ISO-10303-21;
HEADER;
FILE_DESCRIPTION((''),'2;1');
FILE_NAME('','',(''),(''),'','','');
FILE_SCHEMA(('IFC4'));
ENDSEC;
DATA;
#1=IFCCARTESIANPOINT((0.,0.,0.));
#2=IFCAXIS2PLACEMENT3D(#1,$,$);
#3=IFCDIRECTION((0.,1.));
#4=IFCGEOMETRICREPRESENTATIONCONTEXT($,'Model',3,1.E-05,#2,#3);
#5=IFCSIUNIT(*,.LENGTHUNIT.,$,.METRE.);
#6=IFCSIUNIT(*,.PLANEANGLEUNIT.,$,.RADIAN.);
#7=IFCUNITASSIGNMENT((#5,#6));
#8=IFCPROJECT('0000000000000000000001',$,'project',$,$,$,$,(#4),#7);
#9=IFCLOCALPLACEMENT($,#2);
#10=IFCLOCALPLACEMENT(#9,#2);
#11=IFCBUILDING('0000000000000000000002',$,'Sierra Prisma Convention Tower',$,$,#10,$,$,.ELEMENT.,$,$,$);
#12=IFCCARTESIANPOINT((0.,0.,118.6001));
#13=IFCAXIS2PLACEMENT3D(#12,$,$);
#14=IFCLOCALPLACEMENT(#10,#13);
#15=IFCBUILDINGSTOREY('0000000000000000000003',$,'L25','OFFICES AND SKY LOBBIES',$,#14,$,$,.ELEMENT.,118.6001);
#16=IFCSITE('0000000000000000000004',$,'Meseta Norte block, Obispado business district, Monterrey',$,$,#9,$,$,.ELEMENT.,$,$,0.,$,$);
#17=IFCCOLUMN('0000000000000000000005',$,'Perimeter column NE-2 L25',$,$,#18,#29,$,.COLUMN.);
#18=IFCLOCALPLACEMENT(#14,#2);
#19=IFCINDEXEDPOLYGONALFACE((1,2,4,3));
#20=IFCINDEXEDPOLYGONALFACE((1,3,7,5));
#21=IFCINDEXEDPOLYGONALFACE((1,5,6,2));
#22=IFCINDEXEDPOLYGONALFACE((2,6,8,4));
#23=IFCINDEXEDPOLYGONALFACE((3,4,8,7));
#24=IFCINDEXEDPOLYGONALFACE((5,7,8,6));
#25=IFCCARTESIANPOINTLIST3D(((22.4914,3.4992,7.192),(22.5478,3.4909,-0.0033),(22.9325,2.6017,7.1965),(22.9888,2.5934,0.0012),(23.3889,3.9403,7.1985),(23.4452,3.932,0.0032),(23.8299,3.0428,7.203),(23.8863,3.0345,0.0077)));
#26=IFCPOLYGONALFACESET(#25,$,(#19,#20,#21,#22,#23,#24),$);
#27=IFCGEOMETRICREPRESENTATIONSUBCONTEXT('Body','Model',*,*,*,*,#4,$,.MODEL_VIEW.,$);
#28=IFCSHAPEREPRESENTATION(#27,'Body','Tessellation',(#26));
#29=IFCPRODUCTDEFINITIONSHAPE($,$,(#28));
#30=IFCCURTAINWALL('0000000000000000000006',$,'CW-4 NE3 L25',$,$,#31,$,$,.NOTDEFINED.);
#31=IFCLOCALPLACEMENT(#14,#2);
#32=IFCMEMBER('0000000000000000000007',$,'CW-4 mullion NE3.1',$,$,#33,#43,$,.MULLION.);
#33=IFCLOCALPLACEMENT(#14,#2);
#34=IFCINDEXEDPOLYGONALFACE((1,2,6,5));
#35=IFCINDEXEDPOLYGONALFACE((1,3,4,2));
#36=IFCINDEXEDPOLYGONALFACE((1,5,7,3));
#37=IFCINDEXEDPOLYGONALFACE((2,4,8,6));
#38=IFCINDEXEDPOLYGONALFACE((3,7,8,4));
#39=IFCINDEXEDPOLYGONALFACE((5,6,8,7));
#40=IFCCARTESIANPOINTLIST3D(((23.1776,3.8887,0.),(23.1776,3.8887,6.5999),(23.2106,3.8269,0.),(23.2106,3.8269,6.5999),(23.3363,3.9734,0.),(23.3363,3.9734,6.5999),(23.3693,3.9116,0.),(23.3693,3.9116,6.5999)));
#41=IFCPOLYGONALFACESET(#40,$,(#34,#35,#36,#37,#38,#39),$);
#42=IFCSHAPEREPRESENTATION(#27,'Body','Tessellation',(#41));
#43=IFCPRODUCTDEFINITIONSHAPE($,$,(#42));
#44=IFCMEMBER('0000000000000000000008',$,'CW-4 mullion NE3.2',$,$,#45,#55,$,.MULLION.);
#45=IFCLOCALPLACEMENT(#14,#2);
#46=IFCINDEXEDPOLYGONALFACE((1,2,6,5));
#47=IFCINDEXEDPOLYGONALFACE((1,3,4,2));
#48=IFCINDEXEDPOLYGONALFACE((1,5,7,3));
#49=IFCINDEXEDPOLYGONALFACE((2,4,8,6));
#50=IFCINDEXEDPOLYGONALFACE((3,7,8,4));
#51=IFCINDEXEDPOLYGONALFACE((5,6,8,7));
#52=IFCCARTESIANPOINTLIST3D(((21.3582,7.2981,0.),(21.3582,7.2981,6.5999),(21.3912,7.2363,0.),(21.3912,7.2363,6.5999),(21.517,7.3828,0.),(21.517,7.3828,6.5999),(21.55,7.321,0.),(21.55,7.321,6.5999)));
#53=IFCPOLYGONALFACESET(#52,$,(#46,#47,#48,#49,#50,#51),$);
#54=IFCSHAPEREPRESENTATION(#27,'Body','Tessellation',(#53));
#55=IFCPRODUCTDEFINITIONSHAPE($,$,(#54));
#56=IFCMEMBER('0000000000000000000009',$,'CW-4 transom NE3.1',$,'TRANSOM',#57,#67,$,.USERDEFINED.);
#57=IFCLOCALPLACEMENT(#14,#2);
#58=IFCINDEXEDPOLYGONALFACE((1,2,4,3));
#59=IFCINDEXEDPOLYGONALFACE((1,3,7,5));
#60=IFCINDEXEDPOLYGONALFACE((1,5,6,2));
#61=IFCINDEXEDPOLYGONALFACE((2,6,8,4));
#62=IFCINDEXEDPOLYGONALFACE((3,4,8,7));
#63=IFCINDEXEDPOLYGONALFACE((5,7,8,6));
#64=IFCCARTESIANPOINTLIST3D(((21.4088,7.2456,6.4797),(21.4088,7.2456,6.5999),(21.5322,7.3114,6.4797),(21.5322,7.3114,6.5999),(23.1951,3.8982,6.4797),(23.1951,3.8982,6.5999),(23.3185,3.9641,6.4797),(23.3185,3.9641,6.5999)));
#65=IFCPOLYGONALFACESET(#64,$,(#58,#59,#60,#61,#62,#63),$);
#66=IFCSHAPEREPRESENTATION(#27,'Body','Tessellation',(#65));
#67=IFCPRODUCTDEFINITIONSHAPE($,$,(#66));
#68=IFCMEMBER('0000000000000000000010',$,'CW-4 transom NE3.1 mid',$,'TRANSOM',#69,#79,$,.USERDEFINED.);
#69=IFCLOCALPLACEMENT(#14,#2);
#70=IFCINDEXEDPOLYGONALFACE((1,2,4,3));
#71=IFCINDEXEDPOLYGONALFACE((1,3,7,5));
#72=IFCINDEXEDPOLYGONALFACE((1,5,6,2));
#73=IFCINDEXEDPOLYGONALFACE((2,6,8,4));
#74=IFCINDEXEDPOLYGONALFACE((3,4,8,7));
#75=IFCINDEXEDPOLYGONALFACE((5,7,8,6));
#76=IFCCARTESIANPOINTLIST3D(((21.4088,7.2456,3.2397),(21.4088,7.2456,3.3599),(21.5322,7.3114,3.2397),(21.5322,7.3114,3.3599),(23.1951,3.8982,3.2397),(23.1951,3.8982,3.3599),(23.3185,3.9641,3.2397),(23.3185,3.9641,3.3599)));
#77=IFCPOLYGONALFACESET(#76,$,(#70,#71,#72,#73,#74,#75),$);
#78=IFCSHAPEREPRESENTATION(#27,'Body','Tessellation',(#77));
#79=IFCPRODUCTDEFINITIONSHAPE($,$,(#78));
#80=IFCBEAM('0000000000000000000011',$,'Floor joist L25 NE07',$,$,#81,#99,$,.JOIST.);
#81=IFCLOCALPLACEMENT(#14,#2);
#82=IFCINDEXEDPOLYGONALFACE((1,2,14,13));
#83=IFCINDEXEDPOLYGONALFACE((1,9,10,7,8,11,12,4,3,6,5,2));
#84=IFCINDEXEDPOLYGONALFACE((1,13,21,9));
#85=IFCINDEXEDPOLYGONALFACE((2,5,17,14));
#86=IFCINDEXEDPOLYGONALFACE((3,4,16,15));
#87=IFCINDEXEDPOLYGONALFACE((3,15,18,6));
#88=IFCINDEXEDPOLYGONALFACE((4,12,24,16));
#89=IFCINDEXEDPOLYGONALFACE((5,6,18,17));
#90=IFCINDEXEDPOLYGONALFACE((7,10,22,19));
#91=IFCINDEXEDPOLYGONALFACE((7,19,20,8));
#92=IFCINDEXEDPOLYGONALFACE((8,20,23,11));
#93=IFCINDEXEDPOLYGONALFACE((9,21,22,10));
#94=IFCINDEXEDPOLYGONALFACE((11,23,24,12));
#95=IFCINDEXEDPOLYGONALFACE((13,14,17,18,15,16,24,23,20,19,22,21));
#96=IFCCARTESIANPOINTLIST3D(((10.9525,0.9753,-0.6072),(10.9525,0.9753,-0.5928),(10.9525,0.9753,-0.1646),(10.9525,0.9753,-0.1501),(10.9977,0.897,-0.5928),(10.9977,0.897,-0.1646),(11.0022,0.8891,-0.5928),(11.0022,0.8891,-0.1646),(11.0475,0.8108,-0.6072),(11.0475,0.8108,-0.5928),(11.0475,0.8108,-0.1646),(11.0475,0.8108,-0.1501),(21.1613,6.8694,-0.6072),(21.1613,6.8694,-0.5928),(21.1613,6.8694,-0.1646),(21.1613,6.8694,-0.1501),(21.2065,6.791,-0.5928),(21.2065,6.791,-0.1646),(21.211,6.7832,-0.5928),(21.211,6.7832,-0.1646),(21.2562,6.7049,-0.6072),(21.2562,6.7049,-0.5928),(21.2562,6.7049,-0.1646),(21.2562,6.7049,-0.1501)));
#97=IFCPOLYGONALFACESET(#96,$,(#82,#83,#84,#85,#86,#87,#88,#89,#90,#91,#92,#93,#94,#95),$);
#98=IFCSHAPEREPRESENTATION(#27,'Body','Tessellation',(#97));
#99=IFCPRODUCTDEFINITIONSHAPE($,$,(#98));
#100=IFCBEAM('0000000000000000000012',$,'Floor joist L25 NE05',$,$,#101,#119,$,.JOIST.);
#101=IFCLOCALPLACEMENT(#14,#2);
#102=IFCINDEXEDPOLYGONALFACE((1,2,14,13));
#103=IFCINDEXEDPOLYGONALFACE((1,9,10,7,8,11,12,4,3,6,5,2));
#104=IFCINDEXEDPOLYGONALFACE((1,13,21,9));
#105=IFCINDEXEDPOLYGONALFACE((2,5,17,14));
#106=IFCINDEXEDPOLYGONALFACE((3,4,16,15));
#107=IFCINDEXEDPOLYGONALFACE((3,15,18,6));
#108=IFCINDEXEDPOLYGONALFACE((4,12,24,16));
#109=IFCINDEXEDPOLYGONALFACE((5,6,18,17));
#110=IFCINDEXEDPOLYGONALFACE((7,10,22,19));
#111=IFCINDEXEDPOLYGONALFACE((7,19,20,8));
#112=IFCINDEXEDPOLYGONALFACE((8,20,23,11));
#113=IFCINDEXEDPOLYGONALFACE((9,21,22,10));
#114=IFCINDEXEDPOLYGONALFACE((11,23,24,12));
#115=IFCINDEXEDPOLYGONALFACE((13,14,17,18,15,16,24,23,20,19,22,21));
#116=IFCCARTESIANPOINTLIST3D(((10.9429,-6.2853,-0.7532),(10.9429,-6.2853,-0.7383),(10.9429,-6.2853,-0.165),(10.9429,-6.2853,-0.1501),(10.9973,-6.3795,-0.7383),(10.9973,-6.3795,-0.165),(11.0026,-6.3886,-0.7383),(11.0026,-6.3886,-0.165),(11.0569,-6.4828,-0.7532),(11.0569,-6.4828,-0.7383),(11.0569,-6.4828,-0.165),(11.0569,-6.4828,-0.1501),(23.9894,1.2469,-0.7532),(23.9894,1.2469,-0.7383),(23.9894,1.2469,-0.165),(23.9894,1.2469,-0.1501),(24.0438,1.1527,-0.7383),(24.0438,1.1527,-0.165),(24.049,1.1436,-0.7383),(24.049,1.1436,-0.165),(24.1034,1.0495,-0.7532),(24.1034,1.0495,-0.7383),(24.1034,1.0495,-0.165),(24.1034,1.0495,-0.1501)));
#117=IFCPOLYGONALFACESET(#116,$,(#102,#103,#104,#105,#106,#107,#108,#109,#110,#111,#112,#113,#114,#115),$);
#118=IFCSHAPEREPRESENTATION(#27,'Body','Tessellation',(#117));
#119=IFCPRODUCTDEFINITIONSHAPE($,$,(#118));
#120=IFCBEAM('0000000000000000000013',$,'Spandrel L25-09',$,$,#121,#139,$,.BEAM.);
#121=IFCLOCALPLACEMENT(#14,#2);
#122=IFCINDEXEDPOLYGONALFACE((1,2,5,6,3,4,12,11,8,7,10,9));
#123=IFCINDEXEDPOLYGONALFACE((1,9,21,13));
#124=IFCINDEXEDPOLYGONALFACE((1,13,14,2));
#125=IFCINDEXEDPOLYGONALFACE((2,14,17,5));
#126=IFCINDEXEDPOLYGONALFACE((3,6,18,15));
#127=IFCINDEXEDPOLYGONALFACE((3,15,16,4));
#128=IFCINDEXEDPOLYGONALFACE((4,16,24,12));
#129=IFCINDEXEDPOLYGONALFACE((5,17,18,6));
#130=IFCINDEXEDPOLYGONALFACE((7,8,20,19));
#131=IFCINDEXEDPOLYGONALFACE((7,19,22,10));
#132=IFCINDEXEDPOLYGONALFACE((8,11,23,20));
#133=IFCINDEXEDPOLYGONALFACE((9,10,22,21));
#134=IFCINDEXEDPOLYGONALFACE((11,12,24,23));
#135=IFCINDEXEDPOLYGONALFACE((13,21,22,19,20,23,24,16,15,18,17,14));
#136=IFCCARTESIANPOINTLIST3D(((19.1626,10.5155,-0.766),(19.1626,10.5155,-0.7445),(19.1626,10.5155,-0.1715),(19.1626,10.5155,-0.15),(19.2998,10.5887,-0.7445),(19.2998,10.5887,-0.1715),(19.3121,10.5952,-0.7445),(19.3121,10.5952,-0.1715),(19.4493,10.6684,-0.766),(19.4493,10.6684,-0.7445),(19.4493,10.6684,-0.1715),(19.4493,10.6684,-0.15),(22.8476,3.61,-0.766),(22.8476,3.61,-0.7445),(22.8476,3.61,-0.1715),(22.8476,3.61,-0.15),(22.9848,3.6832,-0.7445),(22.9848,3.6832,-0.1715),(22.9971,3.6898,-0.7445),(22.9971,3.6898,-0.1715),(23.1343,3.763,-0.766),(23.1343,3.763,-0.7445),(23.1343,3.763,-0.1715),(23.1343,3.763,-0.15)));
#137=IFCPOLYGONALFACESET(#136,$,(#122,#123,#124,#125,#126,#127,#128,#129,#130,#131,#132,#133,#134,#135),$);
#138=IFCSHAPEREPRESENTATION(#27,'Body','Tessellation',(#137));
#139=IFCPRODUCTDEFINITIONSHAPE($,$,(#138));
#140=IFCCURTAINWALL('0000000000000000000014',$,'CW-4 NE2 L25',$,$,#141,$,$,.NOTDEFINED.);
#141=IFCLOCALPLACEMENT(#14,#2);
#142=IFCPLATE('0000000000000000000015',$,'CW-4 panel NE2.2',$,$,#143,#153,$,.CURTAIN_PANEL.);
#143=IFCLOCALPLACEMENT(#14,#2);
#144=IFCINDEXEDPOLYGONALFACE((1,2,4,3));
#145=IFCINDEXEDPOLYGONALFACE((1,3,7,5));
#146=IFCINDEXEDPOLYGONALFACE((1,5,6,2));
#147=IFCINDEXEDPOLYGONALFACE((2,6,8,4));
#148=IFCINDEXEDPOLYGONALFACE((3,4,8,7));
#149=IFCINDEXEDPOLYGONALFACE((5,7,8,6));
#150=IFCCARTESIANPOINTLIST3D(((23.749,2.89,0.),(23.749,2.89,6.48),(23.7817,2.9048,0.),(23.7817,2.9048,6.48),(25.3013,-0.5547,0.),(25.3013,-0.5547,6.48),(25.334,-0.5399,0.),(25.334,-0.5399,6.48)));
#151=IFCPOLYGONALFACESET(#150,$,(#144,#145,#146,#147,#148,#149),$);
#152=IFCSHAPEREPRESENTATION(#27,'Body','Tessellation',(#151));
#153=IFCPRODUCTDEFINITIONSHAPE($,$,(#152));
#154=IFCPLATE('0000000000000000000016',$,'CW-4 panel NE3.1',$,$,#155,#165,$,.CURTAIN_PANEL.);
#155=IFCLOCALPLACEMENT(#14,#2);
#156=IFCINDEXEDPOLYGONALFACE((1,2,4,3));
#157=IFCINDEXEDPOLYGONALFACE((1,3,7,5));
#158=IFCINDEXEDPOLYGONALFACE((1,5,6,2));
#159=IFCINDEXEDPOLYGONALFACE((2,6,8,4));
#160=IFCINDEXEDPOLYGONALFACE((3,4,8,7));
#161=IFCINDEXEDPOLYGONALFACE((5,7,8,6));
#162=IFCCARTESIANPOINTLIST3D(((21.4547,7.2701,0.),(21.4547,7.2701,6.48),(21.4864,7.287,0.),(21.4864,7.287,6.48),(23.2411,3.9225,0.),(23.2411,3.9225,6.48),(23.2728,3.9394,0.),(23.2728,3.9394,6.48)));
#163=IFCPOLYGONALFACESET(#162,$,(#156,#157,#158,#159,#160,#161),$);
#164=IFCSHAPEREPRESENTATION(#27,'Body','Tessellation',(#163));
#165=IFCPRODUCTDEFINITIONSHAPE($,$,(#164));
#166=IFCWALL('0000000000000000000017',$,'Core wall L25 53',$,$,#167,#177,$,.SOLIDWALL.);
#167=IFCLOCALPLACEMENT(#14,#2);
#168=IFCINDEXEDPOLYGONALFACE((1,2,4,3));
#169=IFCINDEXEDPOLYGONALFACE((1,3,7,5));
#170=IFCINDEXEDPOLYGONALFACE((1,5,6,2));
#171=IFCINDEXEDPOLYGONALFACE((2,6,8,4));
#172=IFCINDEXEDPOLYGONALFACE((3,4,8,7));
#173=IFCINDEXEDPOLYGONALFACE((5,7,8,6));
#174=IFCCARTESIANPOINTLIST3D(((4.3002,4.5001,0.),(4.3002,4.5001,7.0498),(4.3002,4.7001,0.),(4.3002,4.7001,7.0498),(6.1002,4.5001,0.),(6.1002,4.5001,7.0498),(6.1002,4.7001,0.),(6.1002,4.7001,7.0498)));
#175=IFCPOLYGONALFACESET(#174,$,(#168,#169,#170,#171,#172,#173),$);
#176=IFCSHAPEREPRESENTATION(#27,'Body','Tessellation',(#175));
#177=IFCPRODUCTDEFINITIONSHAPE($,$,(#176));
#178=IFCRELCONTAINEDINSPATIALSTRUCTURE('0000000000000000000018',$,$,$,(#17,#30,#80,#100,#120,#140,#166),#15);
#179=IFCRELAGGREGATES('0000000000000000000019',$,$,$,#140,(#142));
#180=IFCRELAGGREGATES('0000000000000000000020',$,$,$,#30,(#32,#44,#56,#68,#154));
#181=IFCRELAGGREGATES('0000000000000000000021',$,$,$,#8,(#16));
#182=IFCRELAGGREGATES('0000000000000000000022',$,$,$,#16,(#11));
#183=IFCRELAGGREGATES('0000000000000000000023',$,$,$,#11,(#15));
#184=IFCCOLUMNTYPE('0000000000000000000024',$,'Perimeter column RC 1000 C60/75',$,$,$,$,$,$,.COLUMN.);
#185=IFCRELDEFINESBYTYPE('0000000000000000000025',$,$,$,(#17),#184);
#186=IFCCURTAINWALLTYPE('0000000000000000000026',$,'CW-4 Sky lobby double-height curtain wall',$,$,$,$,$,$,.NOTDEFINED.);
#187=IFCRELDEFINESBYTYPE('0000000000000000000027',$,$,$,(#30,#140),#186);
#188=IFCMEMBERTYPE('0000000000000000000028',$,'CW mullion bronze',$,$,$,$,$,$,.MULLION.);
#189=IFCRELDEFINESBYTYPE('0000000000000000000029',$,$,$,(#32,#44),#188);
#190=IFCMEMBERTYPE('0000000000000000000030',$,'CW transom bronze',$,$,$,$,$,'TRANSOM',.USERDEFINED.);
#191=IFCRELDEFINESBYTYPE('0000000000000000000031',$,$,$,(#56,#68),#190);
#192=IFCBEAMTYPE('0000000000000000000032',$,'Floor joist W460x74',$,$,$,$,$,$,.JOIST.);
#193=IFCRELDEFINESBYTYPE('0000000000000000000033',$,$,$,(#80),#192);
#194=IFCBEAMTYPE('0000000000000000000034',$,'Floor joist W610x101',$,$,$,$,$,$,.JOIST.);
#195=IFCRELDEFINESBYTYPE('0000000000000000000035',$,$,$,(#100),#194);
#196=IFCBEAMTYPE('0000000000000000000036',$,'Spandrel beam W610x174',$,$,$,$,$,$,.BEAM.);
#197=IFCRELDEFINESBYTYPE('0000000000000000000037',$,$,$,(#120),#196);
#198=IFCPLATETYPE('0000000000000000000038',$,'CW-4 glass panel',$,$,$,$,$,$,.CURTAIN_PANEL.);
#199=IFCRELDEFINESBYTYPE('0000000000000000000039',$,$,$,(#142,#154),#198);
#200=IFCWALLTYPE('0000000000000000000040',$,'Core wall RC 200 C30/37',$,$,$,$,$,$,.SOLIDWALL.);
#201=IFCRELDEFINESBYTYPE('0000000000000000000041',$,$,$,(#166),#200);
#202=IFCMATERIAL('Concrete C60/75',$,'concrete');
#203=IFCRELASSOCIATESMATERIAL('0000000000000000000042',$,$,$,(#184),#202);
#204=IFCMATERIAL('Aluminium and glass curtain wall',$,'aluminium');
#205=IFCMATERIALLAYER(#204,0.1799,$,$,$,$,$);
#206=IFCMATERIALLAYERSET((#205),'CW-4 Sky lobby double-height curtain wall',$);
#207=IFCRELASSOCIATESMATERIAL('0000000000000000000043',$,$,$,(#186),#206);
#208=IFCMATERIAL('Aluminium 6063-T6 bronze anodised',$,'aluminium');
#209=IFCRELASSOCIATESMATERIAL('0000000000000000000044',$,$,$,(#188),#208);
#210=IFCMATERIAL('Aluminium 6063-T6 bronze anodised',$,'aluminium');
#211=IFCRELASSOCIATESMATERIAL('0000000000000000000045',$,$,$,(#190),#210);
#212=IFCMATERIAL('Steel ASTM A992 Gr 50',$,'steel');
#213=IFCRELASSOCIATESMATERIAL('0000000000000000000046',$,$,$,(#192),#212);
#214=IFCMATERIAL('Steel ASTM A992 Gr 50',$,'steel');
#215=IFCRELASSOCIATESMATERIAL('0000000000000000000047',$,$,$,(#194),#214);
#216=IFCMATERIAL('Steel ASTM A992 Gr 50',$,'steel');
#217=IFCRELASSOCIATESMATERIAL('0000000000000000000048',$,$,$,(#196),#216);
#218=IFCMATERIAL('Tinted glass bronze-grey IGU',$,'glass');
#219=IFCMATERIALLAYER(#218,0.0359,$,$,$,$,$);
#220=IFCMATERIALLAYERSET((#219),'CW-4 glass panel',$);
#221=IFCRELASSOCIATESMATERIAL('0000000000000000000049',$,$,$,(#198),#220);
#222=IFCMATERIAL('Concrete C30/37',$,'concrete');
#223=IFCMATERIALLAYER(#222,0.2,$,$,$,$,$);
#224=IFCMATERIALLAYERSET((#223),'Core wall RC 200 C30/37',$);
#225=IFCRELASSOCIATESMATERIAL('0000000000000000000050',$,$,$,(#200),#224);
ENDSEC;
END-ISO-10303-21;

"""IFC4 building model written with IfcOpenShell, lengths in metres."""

from ifc_helpers import new_model, si_unit, direction, frame, frame_2d, origin, origin_2d, place, context, subcontext, project, spatial, rectangle, i_section, extrude, clip, halfspace, material, layer, layer_set, material_profile, profile_set, type_object, element, aggregate, save


model = new_model("IFC4")

# Units and contexts
model_context = context("Model", 3, precision=1e-05, world=origin(), true_north=direction((0.0, 1.0)))
body_context = subcontext(model_context, "Body", "Model", "MODEL_VIEW")
ifc_project = project(units=[si_unit("LENGTHUNIT", "METRE"), si_unit("PLANEANGLEUNIT", "RADIAN")], contexts=[model_context])

# Site, building, storey
site_placement = place(None, origin())
site = spatial("IfcSite", under=ifc_project, at=site_placement, Name="Meseta Norte block, Obispado business district, Monterrey", CompositionType="ELEMENT", RefElevation=0.0)
building_placement = place(site_placement, origin())
building = spatial("IfcBuilding", under=site, at=building_placement, Name="Sierra Prisma Convention Tower", CompositionType="ELEMENT")
storey_placement = place(building_placement, frame((0.0, 0.0, 118.6001)))
storey = spatial("IfcBuildingStorey", under=building, at=storey_placement, Name="L25", Description="OFFICES AND SKY LOBBIES", CompositionType="ELEMENT", Elevation=118.6001)

# Column
ifc_material_1 = material(Name="Concrete C60/75", Category="concrete")
ifc_material_profile_1 = material_profile(ifc_material_1, rectangle(XDim=1.0, YDim=1.0, at=origin_2d()), Name="Perimeter column RC 1000 C60/75")
ifc_profile_set_1 = profile_set([ifc_material_profile_1], Name="Concrete C60/75")
column_type = type_object("IfcColumnType", Name="Perimeter column RC 1000 C60/75", PredefinedType="COLUMN", material=ifc_profile_set_1)
column_placement = place(storey_placement, frame((23.217, 3.2627, 0.0), z_axis=(-0.007833, 0.001153, 0.999969), x_axis=(-0.441062, 0.897466, -0.004489)))
element("IfcColumn", 1, at=column_placement, inside=storey, type_object=column_type, Name="Perimeter column NE-2 L25", PredefinedType="COLUMN", context=body_context, shape_type="SweptSolid", body=[
    clip(clip(extrude(rectangle(XDim=1.0, YDim=1.0, at=origin_2d()), origin(), (0.0, 0.0, 1.0), 7.2002), halfspace(frame((0.0, 0.0, 0.0022)), True)), halfspace(frame((0.0, 0.0, 7.1978)), False)),
])

# Curtain wall, members
ifc_material_2 = material(Name="Aluminium and glass curtain wall", Category="aluminium")
ifc_layer_1 = layer(ifc_material_2, 0.1799)
ifc_layer_set_1 = layer_set([ifc_layer_1], Name="CW-4 Sky lobby double-height curtain wall")
curtain_wall_type = type_object("IfcCurtainWallType", Name="CW-4 Sky lobby double-height curtain wall", PredefinedType="NOTDEFINED", material=ifc_layer_set_1)
curtain_wall_1_placement = place(storey_placement, origin())
curtain_wall_1 = element("IfcCurtainWall", 2, at=curtain_wall_1_placement, inside=storey, type_object=curtain_wall_type, Name="CW-4 NE3 L25", PredefinedType="NOTDEFINED")
ifc_material_3 = material(Name="Aluminium 6063-T6 bronze anodised", Category="aluminium")
ifc_material_profile_2 = material_profile(ifc_material_3, rectangle(XDim=0.1799, YDim=0.0701, at=origin_2d()), Name="ALU MULLION 70x180")
ifc_profile_set_2 = profile_set([ifc_material_profile_2], Name="Aluminium 6063-T6 bronze anodised")
member_type_1 = type_object("IfcMemberType", Name="CW mullion bronze", PredefinedType="MULLION", material=ifc_profile_set_2)
member_1_placement = place(storey_placement, frame((23.2734, 3.9001, 0.0), z_axis=(0.0, 0.0, 1.0), x_axis=(-0.88224, -0.4708, 0.0)))
member_1 = element("IfcMember", 3, at=member_1_placement, type_object=member_type_1, Name="CW-4 mullion NE3.1", PredefinedType="MULLION", context=body_context, shape_type="SweptSolid", body=[
    extrude(rectangle(XDim=0.1799, YDim=0.0701, at=origin_2d()), origin(), (0.0, 0.0, 1.0), 6.5999),
])
member_2_placement = place(storey_placement, frame((21.4541, 7.3096, 0.0), z_axis=(0.0, 0.0, 1.0), x_axis=(-0.88224, -0.4708, 0.0)))
member_2 = element("IfcMember", 4, at=member_2_placement, type_object=member_type_1, Name="CW-4 mullion NE3.2", PredefinedType="MULLION", context=body_context, shape_type="SweptSolid", body=[
    extrude(rectangle(XDim=0.1799, YDim=0.0701, at=origin_2d()), origin(), (0.0, 0.0, 1.0), 6.5999),
])
ifc_material_4 = material(Name="Aluminium 6063-T6 bronze anodised", Category="aluminium")
ifc_material_profile_3 = material_profile(ifc_material_4, rectangle(XDim=0.1399, YDim=0.1201, at=origin_2d()), Name="ALU TRANSOM 120x140")
ifc_profile_set_3 = profile_set([ifc_material_profile_3], Name="Aluminium 6063-T6 bronze anodised")
member_type_2 = type_object("IfcMemberType", Name="CW transom bronze", ElementType="TRANSOM", PredefinedType="USERDEFINED", material=ifc_profile_set_3)
member_3_placement = place(storey_placement, frame((23.2568, 3.9312, 6.5398), z_axis=(-0.470812, 0.882234, 0.0), x_axis=(-0.882234, -0.470812, 0.0)))
member_3 = element("IfcMember", 5, at=member_3_placement, type_object=member_type_2, Name="CW-4 transom NE3.1", ObjectType="TRANSOM", PredefinedType="USERDEFINED", context=body_context, shape_type="SweptSolid", body=[
    extrude(rectangle(XDim=0.1399, YDim=0.1201, at=origin_2d()), origin(), (0.0, 0.0, 1.0), 3.7942),
])
member_4_placement = place(storey_placement, frame((23.2568, 3.9312, 3.2998), z_axis=(-0.470812, 0.882234, 0.0), x_axis=(-0.882234, -0.470812, 0.0)))
member_4 = element("IfcMember", 6, at=member_4_placement, type_object=member_type_2, Name="CW-4 transom NE3.1 mid", ObjectType="TRANSOM", PredefinedType="USERDEFINED", context=body_context, shape_type="SweptSolid", body=[
    extrude(rectangle(XDim=0.1399, YDim=0.1201, at=origin_2d()), origin(), (0.0, 0.0, 1.0), 3.7942),
])

# Beams
ifc_material_5 = material(Name="Steel ASTM A992 Gr 50", Category="steel")
ifc_material_profile_4 = material_profile(ifc_material_5, i_section(OverallWidth=0.1899, OverallDepth=0.457, WebThickness=0.009, FlangeThickness=0.0144, at=origin_2d()), Name="W460x74")
ifc_profile_set_4 = profile_set([ifc_material_profile_4], Name="Steel ASTM A992 Gr 50")
beam_type_1 = type_object("IfcBeamType", Name="Floor joist W460x74", PredefinedType="JOIST", material=ifc_profile_set_4)
beam_1_placement = place(storey_placement, frame((21.2087, 6.7871, -0.3787), z_axis=(-0.866025, -0.500002, 0.0), x_axis=(0.500002, -0.866025, 0.0)))
element("IfcBeam", 7, at=beam_1_placement, inside=storey, type_object=beam_type_1, Name="Floor joist L25 NE07", PredefinedType="JOIST", context=body_context, shape_type="SweptSolid", body=[
    extrude(i_section(OverallWidth=0.1899, OverallDepth=0.457, WebThickness=0.009, FlangeThickness=0.0144, at=origin_2d()), origin(), (0.0, 0.0, 1.0), 11.7881),
])
ifc_material_6 = material(Name="Steel ASTM A992 Gr 50", Category="steel")
ifc_material_profile_5 = material_profile(ifc_material_6, i_section(OverallWidth=0.228, OverallDepth=0.603, WebThickness=0.0105, FlangeThickness=0.0149, at=origin_2d()), Name="W610x101")
ifc_profile_set_5 = profile_set([ifc_material_profile_5], Name="Steel ASTM A992 Gr 50")
beam_type_2 = type_object("IfcBeamType", Name="Floor joist W610x101", PredefinedType="JOIST", material=ifc_profile_set_5)
beam_2_placement = place(storey_placement, frame((24.0464, 1.1482, -0.4517), z_axis=(-0.866029, -0.499995, 0.0), x_axis=(0.499995, -0.866029, 0.0)))
element("IfcBeam", 8, at=beam_2_placement, inside=storey, type_object=beam_type_2, Name="Floor joist L25 NE05", PredefinedType="JOIST", context=body_context, shape_type="SweptSolid", body=[
    extrude(i_section(OverallWidth=0.228, OverallDepth=0.603, WebThickness=0.0105, FlangeThickness=0.0149, at=origin_2d()), origin(), (0.0, 0.0, 1.0), 15.0647),
])
ifc_material_7 = material(Name="Steel ASTM A992 Gr 50", Category="steel")
ifc_material_profile_6 = material_profile(ifc_material_7, i_section(OverallWidth=0.325, OverallDepth=0.616, WebThickness=0.0139, FlangeThickness=0.0215, at=origin_2d()), Name="W610x174")
ifc_profile_set_6 = profile_set([ifc_material_profile_6], Name="Steel ASTM A992 Gr 50")
beam_type_3 = type_object("IfcBeamType", Name="Spandrel beam W610x174", PredefinedType="BEAM", material=ifc_profile_set_6)
beam_3_placement = place(storey_placement, frame((22.991, 3.6865, -0.458), z_axis=(-0.470799, 0.882241, 0.0), x_axis=(-0.882241, -0.470799, 0.0)))
element("IfcBeam", 9, at=beam_3_placement, inside=storey, type_object=beam_type_3, Name="Spandrel L25-09", PredefinedType="BEAM", context=body_context, shape_type="SweptSolid", body=[
    extrude(i_section(OverallWidth=0.325, OverallDepth=0.616, WebThickness=0.0139, FlangeThickness=0.0215, at=origin_2d()), origin(), (0.0, 0.0, 1.0), 7.8271),
])

# Curtain wall, plate
curtain_wall_2_placement = place(storey_placement, origin())
curtain_wall_2 = element("IfcCurtainWall", 10, at=curtain_wall_2_placement, inside=storey, type_object=curtain_wall_type, Name="CW-4 NE2 L25", PredefinedType="NOTDEFINED")
ifc_material_8 = material(Name="Tinted glass bronze-grey IGU", Category="glass")
ifc_layer_2 = layer(ifc_material_8, 0.0359)
ifc_layer_set_2 = layer_set([ifc_layer_2], Name="CW-4 glass panel")
plate_type = type_object("IfcPlateType", Name="CW-4 glass panel", PredefinedType="CURTAIN_PANEL", material=ifc_layer_set_2)
plate_1_placement = place(storey_placement, frame((24.5415, 1.175, 0.0), z_axis=(0.0, 0.0, 1.0), x_axis=(-0.410857, 0.9117, 0.0)))
plate_1 = element("IfcPlate", 11, at=plate_1_placement, type_object=plate_type, Name="CW-4 panel NE2.2", PredefinedType="CURTAIN_PANEL", context=body_context, shape_type="SweptSolid", body=[
    extrude(rectangle(XDim=3.7783, YDim=0.0359, at=origin_2d()), origin(), (0.0, 0.0, 1.0), 6.48),
])
aggregate(curtain_wall_2, [plate_1])

# Plate
plate_2_placement = place(storey_placement, frame((22.3638, 5.6047, 0.0), z_axis=(0.0, 0.0, 1.0), x_axis=(-0.4708, 0.88224, 0.0)))
plate_2 = element("IfcPlate", 12, at=plate_2_placement, type_object=plate_type, Name="CW-4 panel NE3.1", PredefinedType="CURTAIN_PANEL", context=body_context, shape_type="SweptSolid", body=[
    extrude(rectangle(XDim=3.7944, YDim=0.0359, at=origin_2d()), origin(), (0.0, 0.0, 1.0), 6.48),
])
aggregate(curtain_wall_1, [member_1, member_2, member_3, member_4, plate_2])

# Shared definitions
ifc_material_9 = material(Name="Concrete C30/37", Category="concrete")
ifc_layer_3 = layer(ifc_material_9, 0.2)
ifc_layer_set_3 = layer_set([ifc_layer_3], Name="Core wall RC 200 C30/37")
wall_type = type_object("IfcWallType", Name="Core wall RC 200 C30/37", PredefinedType="SOLIDWALL", material=ifc_layer_set_3)

# Wall
wall_1_placement = place(storey_placement, frame((6.1001, 4.6001, 0.0), z_axis=(0.0, 0.0, 1.0), x_axis=(-1.0, 0.0, 0.0)))
element("IfcWall", 13, at=wall_1_placement, inside=storey, type_object=wall_type, Name="Core wall L25 53", PredefinedType="SOLIDWALL", context=body_context, shape_type="SweptSolid", body=[
    extrude(rectangle(XDim=1.8, YDim=0.2, at=frame_2d((0.8999, 0.0))), origin(), (0.0, 0.0, 1.0), 7.0498),
])

save(model, "model.ifc")
